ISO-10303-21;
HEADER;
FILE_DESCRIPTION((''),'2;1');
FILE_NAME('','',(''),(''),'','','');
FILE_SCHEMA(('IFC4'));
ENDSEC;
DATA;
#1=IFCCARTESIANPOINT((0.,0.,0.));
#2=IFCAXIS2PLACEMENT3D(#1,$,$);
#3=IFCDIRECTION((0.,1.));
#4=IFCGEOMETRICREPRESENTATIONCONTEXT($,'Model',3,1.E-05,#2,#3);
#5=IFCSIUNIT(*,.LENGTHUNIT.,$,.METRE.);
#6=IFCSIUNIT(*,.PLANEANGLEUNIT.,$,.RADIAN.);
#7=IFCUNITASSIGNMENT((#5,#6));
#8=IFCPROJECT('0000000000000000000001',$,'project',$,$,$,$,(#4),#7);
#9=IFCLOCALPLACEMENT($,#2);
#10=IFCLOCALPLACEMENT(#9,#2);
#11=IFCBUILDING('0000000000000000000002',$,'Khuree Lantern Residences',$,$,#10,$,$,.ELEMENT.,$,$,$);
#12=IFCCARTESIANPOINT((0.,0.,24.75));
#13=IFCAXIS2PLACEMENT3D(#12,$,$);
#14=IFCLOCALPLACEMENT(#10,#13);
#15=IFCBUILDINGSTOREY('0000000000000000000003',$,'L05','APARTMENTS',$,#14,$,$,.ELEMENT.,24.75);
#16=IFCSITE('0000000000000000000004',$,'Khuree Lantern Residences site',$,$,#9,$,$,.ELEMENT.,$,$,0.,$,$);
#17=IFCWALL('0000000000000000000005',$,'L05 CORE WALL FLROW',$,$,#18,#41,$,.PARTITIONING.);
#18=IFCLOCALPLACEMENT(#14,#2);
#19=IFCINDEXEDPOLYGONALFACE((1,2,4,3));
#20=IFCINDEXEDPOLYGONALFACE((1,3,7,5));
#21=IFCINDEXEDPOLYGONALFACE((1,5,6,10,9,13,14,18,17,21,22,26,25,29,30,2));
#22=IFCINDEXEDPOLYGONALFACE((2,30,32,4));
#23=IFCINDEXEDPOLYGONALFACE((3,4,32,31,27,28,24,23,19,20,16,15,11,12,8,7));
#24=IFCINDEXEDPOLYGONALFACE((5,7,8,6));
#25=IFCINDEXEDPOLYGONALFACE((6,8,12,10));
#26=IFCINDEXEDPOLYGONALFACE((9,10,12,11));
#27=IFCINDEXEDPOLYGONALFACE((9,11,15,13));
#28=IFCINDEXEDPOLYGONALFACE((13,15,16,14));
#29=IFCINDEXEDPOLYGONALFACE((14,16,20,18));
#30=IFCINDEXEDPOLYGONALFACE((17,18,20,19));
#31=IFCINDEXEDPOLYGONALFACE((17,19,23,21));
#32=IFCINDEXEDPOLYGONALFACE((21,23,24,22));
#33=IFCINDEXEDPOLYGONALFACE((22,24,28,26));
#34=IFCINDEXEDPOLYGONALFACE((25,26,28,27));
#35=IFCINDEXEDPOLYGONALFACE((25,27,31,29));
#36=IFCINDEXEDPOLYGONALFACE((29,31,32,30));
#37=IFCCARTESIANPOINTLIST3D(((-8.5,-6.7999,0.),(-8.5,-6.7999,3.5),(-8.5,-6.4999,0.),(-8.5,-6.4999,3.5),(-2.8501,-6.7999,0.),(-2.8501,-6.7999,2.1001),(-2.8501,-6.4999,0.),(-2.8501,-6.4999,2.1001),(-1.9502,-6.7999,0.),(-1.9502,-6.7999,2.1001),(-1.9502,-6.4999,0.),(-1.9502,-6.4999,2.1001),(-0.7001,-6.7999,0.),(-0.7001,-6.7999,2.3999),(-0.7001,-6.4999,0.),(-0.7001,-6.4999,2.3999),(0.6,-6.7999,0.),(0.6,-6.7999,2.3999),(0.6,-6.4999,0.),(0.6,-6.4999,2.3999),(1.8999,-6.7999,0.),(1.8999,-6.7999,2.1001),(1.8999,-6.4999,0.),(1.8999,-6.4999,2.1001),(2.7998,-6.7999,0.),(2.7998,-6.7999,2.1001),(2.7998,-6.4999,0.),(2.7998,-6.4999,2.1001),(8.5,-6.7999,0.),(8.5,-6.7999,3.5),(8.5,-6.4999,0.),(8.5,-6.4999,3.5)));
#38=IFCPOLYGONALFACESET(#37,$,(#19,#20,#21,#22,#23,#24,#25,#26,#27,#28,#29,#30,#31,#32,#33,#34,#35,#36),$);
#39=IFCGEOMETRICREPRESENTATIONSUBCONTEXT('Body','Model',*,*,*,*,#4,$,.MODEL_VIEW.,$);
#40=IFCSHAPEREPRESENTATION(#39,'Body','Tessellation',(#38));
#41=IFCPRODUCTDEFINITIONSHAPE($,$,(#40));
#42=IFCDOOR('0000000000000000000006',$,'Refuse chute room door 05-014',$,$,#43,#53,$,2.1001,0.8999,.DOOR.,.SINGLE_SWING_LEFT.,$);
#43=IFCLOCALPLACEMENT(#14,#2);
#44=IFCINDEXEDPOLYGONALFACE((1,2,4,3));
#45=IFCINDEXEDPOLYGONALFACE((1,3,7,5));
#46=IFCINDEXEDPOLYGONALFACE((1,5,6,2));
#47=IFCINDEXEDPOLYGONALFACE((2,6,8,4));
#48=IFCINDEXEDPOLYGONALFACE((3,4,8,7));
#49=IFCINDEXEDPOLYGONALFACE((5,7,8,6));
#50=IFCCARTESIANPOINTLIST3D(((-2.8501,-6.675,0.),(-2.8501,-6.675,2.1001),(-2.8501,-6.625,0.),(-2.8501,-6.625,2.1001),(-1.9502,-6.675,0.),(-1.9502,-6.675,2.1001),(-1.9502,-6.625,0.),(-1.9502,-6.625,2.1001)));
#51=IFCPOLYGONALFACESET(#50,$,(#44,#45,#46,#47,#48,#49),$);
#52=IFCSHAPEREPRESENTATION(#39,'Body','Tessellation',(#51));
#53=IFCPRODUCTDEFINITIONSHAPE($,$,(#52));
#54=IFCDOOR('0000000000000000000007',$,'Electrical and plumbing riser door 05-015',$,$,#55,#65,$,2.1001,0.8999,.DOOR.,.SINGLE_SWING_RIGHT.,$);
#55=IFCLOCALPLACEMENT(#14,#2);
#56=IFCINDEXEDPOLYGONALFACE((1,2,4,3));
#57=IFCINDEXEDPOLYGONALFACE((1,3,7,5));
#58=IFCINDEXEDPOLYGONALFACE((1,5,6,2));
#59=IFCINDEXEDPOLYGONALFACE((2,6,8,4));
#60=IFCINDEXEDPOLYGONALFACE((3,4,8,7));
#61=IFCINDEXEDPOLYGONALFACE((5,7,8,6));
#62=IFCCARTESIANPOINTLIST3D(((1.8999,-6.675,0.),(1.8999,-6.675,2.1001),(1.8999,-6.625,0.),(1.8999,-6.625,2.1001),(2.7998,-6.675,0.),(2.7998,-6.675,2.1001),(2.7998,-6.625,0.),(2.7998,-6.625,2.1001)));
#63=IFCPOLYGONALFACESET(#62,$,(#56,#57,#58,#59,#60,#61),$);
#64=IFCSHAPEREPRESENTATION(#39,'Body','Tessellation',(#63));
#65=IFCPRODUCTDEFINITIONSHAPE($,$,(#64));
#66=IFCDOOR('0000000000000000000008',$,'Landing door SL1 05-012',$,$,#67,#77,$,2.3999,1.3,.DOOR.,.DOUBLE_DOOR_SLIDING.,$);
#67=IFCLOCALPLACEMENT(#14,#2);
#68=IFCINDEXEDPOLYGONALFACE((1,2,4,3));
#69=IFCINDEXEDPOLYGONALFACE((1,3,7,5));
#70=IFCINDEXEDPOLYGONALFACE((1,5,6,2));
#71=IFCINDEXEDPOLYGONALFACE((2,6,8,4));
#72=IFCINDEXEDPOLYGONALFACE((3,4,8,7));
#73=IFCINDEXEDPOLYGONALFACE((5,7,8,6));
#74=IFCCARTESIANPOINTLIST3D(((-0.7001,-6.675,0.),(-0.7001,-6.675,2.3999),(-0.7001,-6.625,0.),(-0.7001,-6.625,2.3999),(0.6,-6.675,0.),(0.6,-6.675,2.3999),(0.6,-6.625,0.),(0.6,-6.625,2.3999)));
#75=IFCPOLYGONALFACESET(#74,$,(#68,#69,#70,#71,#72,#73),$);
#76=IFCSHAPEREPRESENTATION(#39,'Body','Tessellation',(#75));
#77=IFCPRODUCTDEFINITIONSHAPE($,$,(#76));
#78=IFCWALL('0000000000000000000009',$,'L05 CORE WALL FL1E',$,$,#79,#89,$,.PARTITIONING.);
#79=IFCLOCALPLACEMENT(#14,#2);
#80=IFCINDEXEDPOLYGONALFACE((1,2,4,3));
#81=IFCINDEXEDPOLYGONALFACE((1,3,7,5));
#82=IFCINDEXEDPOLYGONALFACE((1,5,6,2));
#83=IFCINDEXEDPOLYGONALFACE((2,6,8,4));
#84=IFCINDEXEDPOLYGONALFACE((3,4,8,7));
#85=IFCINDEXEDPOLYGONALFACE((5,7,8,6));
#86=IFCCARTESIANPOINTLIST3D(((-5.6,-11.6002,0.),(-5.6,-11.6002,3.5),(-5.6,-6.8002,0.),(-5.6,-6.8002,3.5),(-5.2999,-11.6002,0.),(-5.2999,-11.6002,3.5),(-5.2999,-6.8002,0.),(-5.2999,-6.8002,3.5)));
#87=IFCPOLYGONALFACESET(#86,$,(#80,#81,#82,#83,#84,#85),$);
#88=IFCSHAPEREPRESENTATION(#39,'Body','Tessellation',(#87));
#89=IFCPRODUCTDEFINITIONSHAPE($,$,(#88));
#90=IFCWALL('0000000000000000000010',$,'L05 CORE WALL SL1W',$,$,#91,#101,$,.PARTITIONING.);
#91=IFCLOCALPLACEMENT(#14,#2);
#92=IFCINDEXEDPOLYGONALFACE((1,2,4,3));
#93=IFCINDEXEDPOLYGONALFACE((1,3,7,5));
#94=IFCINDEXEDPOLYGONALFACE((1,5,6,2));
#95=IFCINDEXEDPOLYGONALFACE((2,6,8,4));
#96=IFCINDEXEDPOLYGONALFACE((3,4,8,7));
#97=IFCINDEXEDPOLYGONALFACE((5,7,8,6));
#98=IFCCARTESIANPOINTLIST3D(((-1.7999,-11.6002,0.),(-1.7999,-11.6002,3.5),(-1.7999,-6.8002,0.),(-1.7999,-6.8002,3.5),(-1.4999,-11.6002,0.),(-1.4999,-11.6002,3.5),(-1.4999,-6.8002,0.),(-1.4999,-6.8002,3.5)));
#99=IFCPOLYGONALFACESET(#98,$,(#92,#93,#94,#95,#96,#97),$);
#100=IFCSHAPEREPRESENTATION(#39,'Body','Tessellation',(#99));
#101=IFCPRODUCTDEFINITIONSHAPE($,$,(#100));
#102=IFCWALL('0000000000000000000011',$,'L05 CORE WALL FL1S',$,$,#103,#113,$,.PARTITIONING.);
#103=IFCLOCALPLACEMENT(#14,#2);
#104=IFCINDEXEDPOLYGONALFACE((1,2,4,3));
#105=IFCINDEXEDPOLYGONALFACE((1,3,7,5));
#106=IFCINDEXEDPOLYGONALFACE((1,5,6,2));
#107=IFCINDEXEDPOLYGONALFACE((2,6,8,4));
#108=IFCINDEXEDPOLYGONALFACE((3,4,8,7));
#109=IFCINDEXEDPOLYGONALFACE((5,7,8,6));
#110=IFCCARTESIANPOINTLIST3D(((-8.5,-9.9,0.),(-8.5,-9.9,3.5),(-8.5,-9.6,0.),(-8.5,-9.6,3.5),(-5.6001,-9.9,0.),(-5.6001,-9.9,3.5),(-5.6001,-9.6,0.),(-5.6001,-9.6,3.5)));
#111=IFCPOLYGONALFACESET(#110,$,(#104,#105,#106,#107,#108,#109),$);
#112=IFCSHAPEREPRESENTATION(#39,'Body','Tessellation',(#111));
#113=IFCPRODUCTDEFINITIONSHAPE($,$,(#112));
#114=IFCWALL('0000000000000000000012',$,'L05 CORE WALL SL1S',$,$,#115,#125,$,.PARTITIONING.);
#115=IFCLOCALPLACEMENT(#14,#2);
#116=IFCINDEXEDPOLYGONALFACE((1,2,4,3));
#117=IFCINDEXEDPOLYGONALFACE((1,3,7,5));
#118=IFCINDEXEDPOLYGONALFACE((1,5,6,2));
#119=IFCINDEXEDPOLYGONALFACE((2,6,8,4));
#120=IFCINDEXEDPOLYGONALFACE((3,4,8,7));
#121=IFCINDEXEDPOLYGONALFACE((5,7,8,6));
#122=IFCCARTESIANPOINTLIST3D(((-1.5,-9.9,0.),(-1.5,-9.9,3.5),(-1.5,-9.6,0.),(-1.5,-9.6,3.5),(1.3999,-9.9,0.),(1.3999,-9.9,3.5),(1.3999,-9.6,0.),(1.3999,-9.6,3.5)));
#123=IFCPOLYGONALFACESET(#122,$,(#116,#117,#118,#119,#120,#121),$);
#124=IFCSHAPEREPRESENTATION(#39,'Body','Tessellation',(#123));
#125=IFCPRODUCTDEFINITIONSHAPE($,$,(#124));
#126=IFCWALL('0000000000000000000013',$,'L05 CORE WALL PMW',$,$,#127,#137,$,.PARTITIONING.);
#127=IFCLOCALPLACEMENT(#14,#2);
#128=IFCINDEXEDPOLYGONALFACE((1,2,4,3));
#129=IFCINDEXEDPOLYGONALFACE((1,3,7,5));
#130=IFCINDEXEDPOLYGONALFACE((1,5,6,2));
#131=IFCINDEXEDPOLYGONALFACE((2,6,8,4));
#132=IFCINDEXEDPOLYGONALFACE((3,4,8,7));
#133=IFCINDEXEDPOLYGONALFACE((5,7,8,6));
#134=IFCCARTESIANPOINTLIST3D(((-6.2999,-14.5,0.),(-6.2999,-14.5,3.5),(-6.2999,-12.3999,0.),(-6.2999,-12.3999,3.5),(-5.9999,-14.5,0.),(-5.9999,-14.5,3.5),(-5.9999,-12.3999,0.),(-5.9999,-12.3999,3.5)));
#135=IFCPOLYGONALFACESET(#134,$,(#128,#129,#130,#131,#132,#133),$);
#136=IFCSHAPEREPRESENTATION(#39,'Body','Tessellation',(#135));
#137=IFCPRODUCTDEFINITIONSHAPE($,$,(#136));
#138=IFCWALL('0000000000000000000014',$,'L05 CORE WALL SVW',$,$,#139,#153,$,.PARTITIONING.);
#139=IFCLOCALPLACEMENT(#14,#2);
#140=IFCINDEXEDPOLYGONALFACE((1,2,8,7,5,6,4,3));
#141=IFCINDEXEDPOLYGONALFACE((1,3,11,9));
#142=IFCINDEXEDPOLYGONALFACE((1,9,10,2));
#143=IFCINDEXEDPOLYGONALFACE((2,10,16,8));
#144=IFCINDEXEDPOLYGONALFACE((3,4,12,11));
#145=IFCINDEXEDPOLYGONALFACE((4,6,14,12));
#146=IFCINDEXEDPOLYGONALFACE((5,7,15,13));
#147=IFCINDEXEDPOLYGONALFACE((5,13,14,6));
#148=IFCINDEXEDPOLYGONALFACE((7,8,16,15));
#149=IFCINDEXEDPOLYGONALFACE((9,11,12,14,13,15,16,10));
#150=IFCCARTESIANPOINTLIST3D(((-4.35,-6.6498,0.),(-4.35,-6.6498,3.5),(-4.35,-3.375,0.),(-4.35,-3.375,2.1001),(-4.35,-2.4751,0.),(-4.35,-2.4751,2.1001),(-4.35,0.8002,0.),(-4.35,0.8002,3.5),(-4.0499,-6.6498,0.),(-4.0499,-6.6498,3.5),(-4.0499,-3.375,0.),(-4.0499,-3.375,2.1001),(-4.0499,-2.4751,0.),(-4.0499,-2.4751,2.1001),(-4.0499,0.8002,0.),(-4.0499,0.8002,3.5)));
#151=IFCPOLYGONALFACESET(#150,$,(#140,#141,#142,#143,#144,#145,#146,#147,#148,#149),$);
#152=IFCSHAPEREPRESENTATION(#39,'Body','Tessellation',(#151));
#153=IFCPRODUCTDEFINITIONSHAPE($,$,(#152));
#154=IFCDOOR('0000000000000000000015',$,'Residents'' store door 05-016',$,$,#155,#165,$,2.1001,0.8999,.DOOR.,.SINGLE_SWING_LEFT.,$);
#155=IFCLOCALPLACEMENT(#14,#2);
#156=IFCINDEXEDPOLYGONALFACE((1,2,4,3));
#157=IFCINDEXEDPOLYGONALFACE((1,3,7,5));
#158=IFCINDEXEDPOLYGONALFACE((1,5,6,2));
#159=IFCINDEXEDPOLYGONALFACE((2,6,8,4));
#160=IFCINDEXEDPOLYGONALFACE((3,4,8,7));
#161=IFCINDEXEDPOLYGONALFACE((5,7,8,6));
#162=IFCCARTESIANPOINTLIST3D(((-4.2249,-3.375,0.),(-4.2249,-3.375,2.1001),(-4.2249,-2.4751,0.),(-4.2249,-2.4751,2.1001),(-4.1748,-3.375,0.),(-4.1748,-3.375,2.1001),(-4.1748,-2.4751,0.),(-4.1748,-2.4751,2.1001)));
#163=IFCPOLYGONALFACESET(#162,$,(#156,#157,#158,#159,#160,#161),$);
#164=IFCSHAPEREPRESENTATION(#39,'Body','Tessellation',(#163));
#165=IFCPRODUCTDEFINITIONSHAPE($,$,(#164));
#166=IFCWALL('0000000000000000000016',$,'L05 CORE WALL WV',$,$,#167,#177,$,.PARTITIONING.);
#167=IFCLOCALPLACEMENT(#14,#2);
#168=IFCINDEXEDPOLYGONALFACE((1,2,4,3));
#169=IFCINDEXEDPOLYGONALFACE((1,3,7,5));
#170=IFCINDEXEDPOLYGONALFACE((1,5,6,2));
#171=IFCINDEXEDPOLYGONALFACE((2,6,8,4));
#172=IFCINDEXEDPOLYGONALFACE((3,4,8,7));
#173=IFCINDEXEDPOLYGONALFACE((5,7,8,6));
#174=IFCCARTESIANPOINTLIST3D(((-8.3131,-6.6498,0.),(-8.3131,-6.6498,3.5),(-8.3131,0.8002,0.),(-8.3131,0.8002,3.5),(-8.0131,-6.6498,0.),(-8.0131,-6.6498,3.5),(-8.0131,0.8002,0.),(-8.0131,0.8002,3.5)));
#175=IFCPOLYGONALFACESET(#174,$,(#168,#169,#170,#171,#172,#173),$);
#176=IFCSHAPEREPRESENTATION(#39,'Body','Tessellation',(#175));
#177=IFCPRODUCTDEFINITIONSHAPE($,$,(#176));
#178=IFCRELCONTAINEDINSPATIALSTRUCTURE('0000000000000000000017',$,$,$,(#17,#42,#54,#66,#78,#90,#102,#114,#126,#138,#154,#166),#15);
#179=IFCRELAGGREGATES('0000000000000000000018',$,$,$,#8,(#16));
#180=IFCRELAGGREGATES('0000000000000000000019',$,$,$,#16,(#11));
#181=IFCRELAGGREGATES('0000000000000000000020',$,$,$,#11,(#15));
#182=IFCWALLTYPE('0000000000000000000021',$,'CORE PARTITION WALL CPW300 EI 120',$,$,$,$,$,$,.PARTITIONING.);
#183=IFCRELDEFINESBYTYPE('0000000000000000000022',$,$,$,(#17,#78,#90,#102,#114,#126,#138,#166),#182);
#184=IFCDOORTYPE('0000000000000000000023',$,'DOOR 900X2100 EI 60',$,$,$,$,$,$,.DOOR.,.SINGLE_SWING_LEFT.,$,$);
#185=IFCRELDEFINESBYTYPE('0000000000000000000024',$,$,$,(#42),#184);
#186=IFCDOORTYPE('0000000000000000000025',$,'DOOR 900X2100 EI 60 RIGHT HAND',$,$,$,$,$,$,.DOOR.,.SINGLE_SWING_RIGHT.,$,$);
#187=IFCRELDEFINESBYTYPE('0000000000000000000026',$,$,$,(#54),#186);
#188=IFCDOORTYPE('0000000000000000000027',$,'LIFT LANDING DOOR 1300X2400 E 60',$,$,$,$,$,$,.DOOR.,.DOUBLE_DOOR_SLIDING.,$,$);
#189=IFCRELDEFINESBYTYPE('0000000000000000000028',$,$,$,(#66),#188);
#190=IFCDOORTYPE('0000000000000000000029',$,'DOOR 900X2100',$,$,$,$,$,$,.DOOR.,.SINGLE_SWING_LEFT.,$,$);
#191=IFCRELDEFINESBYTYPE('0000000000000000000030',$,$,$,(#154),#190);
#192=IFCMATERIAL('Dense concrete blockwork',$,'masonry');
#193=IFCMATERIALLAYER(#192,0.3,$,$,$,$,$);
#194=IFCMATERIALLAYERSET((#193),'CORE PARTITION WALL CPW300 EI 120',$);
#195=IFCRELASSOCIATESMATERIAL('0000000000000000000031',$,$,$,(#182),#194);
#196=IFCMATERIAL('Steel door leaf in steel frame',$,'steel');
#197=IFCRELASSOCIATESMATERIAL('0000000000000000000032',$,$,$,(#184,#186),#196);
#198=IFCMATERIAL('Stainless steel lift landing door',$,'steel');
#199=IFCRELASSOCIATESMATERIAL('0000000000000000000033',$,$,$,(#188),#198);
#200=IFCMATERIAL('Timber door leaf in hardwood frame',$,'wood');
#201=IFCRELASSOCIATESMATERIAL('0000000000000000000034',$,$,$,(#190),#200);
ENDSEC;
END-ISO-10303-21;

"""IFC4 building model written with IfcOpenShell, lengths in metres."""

from ifc_helpers import new_model, si_unit, direction, frame, frame_2d, origin, place, context, subcontext, project, spatial, rectangle, extrude, material, layer, layer_set, type_object, element, fill, save


model = new_model("IFC4")

# Units and contexts
model_context = context("Model", 3, precision=1e-05, world=origin(), true_north=direction((0.0, 1.0)))
body_context = subcontext(model_context, "Body", "Model", "MODEL_VIEW")
ifc_project = project(units=[si_unit("LENGTHUNIT", "METRE"), si_unit("PLANEANGLEUNIT", "RADIAN")], contexts=[model_context])

# Site, building, storey
site_placement = place(None, origin())
site = spatial("IfcSite", under=ifc_project, at=site_placement, Name="Khuree Lantern Residences site", CompositionType="ELEMENT", RefElevation=0.0)
building_placement = place(site_placement, origin())
building = spatial("IfcBuilding", under=site, at=building_placement, Name="Khuree Lantern Residences", CompositionType="ELEMENT")
storey_placement = place(building_placement, frame((0.0, 0.0, 24.75)))
storey = spatial("IfcBuildingStorey", under=building, at=storey_placement, Name="L05", Description="APARTMENTS", CompositionType="ELEMENT", Elevation=24.75)

# Shared definitions
ifc_material_1 = material(Name="Dense concrete blockwork", Category="masonry")
ifc_layer_1 = layer(ifc_material_1, 0.3)
ifc_layer_set_1 = layer_set([ifc_layer_1], Name="CORE PARTITION WALL CPW300 EI 120")
wall_type_1 = type_object("IfcWallType", Name="CORE PARTITION WALL CPW300 EI 120", PredefinedType="PARTITIONING", material=ifc_layer_set_1)
ifc_material_2 = material(Name="Stainless steel lift landing door", Category="steel")

# Wall, openings, doors
wall_1_placement = place(storey_placement, frame((-8.5, -6.6499, 0.0), z_axis=(0.0, 0.0, 1.0), x_axis=(1.0, 0.0, 0.0)))
wall_1 = element("IfcWall", 1, at=wall_1_placement, inside=storey, type_object=wall_type_1, Name="L05 CORE WALL FLROW", PredefinedType="PARTITIONING", context=body_context, shape_type="SweptSolid", body=[
    extrude(rectangle(XDim=17.0, YDim=0.3, at=frame_2d((8.5, 0.0))), origin(), (0.0, 0.0, 1.0), 3.5),
])
opening_1_placement = place(wall_1_placement, frame((7.8, 0.0, 0.0)))
opening_1 = element("IfcOpeningElement", 2, at=opening_1_placement, cuts=wall_1, PredefinedType="OPENING", context=body_context, shape_type="SweptSolid", body=[
    extrude(rectangle(XDim=1.3, YDim=2.3999, at=frame_2d((0.6499, 1.2))), frame((0.0, 0.1602, 0.0), z_axis=(0.0, -1.0, 0.0), x_axis=(1.0, 0.0, 0.0)), (0.0, 0.0, 1.0), 0.3201),
])
opening_2_placement = place(wall_1_placement, frame((5.6499, 0.0, 0.0)))
opening_2 = element("IfcOpeningElement", 3, at=opening_2_placement, cuts=wall_1, PredefinedType="OPENING", context=body_context, shape_type="SweptSolid", body=[
    extrude(rectangle(XDim=0.8999, YDim=2.1001, at=frame_2d((0.45, 1.05))), frame((0.0, 0.1602, 0.0), z_axis=(0.0, -1.0, 0.0), x_axis=(1.0, 0.0, 0.0)), (0.0, 0.0, 1.0), 0.3201),
])
opening_3_placement = place(wall_1_placement, frame((10.3999, 0.0, 0.0)))
opening_3 = element("IfcOpeningElement", 4, at=opening_3_placement, cuts=wall_1, PredefinedType="OPENING", context=body_context, shape_type="SweptSolid", body=[
    extrude(rectangle(XDim=0.8999, YDim=2.1001, at=frame_2d((0.45, 1.05))), frame((0.0, 0.1602, 0.0), z_axis=(0.0, -1.0, 0.0), x_axis=(1.0, 0.0, 0.0)), (0.0, 0.0, 1.0), 0.3201),
])
ifc_material_3 = material(Name="Steel door leaf in steel frame", Category="steel")
door_type_1 = type_object("IfcDoorType", Name="DOOR 900X2100 EI 60", OperationType="SINGLE_SWING_LEFT", PredefinedType="DOOR", material=ifc_material_3)
door_1_placement = place(opening_2_placement, origin())
door_1 = element("IfcDoor", 5, at=door_1_placement, inside=storey, type_object=door_type_1, Name="Refuse chute room door 05-014", OperationType="SINGLE_SWING_LEFT", OverallHeight=2.1001, OverallWidth=0.8999, PredefinedType="DOOR", context=body_context, shape_type="SweptSolid", body=[
    extrude(rectangle(XDim=0.8999, YDim=2.1001, at=frame_2d((0.45, 1.05))), frame((0.0, 0.0249, 0.0), z_axis=(0.0, -1.0, 0.0), x_axis=(1.0, 0.0, 0.0)), (0.0, 0.0, 1.0), 0.05),
])
fill(opening_2, door_1)
door_type_2 = type_object("IfcDoorType", Name="DOOR 900X2100 EI 60 RIGHT HAND", OperationType="SINGLE_SWING_RIGHT", PredefinedType="DOOR", material=ifc_material_3)
door_2_placement = place(opening_3_placement, origin())
door_2 = element("IfcDoor", 6, at=door_2_placement, inside=storey, type_object=door_type_2, Name="Electrical and plumbing riser door 05-015", OperationType="SINGLE_SWING_RIGHT", OverallHeight=2.1001, OverallWidth=0.8999, PredefinedType="DOOR", context=body_context, shape_type="SweptSolid", body=[
    extrude(rectangle(XDim=0.8999, YDim=2.1001, at=frame_2d((0.45, 1.05))), frame((0.0, 0.0249, 0.0), z_axis=(0.0, -1.0, 0.0), x_axis=(1.0, 0.0, 0.0)), (0.0, 0.0, 1.0), 0.05),
])
fill(opening_3, door_2)
door_type_3 = type_object("IfcDoorType", Name="LIFT LANDING DOOR 1300X2400 E 60", OperationType="DOUBLE_DOOR_SLIDING", PredefinedType="DOOR", material=ifc_material_2)
door_3_placement = place(opening_1_placement, origin())
door_3 = element("IfcDoor", 7, at=door_3_placement, inside=storey, type_object=door_type_3, Name="Landing door SL1 05-012", OperationType="DOUBLE_DOOR_SLIDING", OverallHeight=2.3999, OverallWidth=1.3, PredefinedType="DOOR", context=body_context, shape_type="SweptSolid", body=[
    extrude(rectangle(XDim=1.3, YDim=2.3999, at=frame_2d((0.6499, 1.2))), frame((0.0, 0.0249, 0.0), z_axis=(0.0, -1.0, 0.0), x_axis=(1.0, 0.0, 0.0)), (0.0, 0.0, 1.0), 0.05),
])
fill(opening_1, door_3)

# Walls
for number, where, z_axis, x_axis, name in (
    (8, (-5.45, -11.6001, 0.0), (0.0, 0.0, 1.0), (0.0, 1.0, 0.0), "L05 CORE WALL FL1E"),
    (9, (-1.6499, -11.6001, 0.0), (0.0, 0.0, 1.0), (0.0, 1.0, 0.0), "L05 CORE WALL SL1W"),
):
    element("IfcWall", number, at=place(storey_placement, frame(where, z_axis=z_axis, x_axis=x_axis)), inside=storey, type_object=wall_type_1, Name=name, PredefinedType="PARTITIONING", context=body_context, shape_type="SweptSolid", body=[
        extrude(rectangle(XDim=4.8, YDim=0.3, at=frame_2d((2.3999, 0.0))), origin(), (0.0, 0.0, 1.0), 3.5),
    ])
for number, where, z_axis, x_axis, name in (
    (10, (-8.5, -9.75, 0.0), (0.0, 0.0, 1.0), (1.0, 0.0, 0.0), "L05 CORE WALL FL1S"),
    (11, (-1.5, -9.75, 0.0), (0.0, 0.0, 1.0), (1.0, 0.0, 0.0), "L05 CORE WALL SL1S"),
):
    element("IfcWall", number, at=place(storey_placement, frame(where, z_axis=z_axis, x_axis=x_axis)), inside=storey, type_object=wall_type_1, Name=name, PredefinedType="PARTITIONING", context=body_context, shape_type="SweptSolid", body=[
        extrude(rectangle(XDim=2.8999, YDim=0.3, at=frame_2d((1.45, 0.0))), origin(), (0.0, 0.0, 1.0), 3.5),
    ])
wall_2_placement = place(storey_placement, frame((-6.1499, -14.5, 0.0), z_axis=(0.0, 0.0, 1.0), x_axis=(0.0, 1.0, 0.0)))
element("IfcWall", 12, at=wall_2_placement, inside=storey, type_object=wall_type_1, Name="L05 CORE WALL PMW", PredefinedType="PARTITIONING", context=body_context, shape_type="SweptSolid", body=[
    extrude(rectangle(XDim=2.1001, YDim=0.3, at=frame_2d((1.05, 0.0))), origin(), (0.0, 0.0, 1.0), 3.5),
])

# Wall, opening, door
wall_3_placement = place(storey_placement, frame((-4.2, -6.6499, 0.0), z_axis=(0.0, 0.0, 1.0), x_axis=(0.0, 1.0, 0.0)))
wall_3 = element("IfcWall", 13, at=wall_3_placement, inside=storey, type_object=wall_type_1, Name="L05 CORE WALL SVW", PredefinedType="PARTITIONING", context=body_context, shape_type="SweptSolid", body=[
    extrude(rectangle(XDim=7.45, YDim=0.3, at=frame_2d((3.7251, 0.0))), origin(), (0.0, 0.0, 1.0), 3.5),
])
opening_4_placement = place(wall_3_placement, frame((3.2749, 0.0, 0.0)))
opening_4 = element("IfcOpeningElement", 14, at=opening_4_placement, cuts=wall_3, PredefinedType="OPENING", context=body_context, shape_type="SweptSolid", body=[
    extrude(rectangle(XDim=0.8999, YDim=2.1001, at=frame_2d((0.45, 1.05))), frame((0.0, 0.1602, 0.0), z_axis=(0.0, -1.0, 0.0), x_axis=(1.0, 0.0, 0.0)), (0.0, 0.0, 1.0), 0.3201),
])
ifc_material_4 = material(Name="Timber door leaf in hardwood frame", Category="wood")
door_type_4 = type_object("IfcDoorType", Name="DOOR 900X2100", OperationType="SINGLE_SWING_LEFT", PredefinedType="DOOR", material=ifc_material_4)
door_4_placement = place(opening_4_placement, origin())
door_4 = element("IfcDoor", 15, at=door_4_placement, inside=storey, type_object=door_type_4, Name="Residents' store door 05-016", OperationType="SINGLE_SWING_LEFT", OverallHeight=2.1001, OverallWidth=0.8999, PredefinedType="DOOR", context=body_context, shape_type="SweptSolid", body=[
    extrude(rectangle(XDim=0.8999, YDim=2.1001, at=frame_2d((0.45, 1.05))), frame((0.0, 0.0249, 0.0), z_axis=(0.0, -1.0, 0.0), x_axis=(1.0, 0.0, 0.0)), (0.0, 0.0, 1.0), 0.05),
])
fill(opening_4, door_4)

# Wall
wall_4_placement = place(storey_placement, frame((-8.1631, -6.6499, 0.0), z_axis=(0.0, 0.0, 1.0), x_axis=(0.0, 1.0, 0.0)))
element("IfcWall", 16, at=wall_4_placement, inside=storey, type_object=wall_type_1, Name="L05 CORE WALL WV", PredefinedType="PARTITIONING", context=body_context, shape_type="SweptSolid", body=[
    extrude(rectangle(XDim=7.45, YDim=0.3, at=frame_2d((3.7251, 0.0))), origin(), (0.0, 0.0, 1.0), 3.5),
])

save(model, "model.ifc")
